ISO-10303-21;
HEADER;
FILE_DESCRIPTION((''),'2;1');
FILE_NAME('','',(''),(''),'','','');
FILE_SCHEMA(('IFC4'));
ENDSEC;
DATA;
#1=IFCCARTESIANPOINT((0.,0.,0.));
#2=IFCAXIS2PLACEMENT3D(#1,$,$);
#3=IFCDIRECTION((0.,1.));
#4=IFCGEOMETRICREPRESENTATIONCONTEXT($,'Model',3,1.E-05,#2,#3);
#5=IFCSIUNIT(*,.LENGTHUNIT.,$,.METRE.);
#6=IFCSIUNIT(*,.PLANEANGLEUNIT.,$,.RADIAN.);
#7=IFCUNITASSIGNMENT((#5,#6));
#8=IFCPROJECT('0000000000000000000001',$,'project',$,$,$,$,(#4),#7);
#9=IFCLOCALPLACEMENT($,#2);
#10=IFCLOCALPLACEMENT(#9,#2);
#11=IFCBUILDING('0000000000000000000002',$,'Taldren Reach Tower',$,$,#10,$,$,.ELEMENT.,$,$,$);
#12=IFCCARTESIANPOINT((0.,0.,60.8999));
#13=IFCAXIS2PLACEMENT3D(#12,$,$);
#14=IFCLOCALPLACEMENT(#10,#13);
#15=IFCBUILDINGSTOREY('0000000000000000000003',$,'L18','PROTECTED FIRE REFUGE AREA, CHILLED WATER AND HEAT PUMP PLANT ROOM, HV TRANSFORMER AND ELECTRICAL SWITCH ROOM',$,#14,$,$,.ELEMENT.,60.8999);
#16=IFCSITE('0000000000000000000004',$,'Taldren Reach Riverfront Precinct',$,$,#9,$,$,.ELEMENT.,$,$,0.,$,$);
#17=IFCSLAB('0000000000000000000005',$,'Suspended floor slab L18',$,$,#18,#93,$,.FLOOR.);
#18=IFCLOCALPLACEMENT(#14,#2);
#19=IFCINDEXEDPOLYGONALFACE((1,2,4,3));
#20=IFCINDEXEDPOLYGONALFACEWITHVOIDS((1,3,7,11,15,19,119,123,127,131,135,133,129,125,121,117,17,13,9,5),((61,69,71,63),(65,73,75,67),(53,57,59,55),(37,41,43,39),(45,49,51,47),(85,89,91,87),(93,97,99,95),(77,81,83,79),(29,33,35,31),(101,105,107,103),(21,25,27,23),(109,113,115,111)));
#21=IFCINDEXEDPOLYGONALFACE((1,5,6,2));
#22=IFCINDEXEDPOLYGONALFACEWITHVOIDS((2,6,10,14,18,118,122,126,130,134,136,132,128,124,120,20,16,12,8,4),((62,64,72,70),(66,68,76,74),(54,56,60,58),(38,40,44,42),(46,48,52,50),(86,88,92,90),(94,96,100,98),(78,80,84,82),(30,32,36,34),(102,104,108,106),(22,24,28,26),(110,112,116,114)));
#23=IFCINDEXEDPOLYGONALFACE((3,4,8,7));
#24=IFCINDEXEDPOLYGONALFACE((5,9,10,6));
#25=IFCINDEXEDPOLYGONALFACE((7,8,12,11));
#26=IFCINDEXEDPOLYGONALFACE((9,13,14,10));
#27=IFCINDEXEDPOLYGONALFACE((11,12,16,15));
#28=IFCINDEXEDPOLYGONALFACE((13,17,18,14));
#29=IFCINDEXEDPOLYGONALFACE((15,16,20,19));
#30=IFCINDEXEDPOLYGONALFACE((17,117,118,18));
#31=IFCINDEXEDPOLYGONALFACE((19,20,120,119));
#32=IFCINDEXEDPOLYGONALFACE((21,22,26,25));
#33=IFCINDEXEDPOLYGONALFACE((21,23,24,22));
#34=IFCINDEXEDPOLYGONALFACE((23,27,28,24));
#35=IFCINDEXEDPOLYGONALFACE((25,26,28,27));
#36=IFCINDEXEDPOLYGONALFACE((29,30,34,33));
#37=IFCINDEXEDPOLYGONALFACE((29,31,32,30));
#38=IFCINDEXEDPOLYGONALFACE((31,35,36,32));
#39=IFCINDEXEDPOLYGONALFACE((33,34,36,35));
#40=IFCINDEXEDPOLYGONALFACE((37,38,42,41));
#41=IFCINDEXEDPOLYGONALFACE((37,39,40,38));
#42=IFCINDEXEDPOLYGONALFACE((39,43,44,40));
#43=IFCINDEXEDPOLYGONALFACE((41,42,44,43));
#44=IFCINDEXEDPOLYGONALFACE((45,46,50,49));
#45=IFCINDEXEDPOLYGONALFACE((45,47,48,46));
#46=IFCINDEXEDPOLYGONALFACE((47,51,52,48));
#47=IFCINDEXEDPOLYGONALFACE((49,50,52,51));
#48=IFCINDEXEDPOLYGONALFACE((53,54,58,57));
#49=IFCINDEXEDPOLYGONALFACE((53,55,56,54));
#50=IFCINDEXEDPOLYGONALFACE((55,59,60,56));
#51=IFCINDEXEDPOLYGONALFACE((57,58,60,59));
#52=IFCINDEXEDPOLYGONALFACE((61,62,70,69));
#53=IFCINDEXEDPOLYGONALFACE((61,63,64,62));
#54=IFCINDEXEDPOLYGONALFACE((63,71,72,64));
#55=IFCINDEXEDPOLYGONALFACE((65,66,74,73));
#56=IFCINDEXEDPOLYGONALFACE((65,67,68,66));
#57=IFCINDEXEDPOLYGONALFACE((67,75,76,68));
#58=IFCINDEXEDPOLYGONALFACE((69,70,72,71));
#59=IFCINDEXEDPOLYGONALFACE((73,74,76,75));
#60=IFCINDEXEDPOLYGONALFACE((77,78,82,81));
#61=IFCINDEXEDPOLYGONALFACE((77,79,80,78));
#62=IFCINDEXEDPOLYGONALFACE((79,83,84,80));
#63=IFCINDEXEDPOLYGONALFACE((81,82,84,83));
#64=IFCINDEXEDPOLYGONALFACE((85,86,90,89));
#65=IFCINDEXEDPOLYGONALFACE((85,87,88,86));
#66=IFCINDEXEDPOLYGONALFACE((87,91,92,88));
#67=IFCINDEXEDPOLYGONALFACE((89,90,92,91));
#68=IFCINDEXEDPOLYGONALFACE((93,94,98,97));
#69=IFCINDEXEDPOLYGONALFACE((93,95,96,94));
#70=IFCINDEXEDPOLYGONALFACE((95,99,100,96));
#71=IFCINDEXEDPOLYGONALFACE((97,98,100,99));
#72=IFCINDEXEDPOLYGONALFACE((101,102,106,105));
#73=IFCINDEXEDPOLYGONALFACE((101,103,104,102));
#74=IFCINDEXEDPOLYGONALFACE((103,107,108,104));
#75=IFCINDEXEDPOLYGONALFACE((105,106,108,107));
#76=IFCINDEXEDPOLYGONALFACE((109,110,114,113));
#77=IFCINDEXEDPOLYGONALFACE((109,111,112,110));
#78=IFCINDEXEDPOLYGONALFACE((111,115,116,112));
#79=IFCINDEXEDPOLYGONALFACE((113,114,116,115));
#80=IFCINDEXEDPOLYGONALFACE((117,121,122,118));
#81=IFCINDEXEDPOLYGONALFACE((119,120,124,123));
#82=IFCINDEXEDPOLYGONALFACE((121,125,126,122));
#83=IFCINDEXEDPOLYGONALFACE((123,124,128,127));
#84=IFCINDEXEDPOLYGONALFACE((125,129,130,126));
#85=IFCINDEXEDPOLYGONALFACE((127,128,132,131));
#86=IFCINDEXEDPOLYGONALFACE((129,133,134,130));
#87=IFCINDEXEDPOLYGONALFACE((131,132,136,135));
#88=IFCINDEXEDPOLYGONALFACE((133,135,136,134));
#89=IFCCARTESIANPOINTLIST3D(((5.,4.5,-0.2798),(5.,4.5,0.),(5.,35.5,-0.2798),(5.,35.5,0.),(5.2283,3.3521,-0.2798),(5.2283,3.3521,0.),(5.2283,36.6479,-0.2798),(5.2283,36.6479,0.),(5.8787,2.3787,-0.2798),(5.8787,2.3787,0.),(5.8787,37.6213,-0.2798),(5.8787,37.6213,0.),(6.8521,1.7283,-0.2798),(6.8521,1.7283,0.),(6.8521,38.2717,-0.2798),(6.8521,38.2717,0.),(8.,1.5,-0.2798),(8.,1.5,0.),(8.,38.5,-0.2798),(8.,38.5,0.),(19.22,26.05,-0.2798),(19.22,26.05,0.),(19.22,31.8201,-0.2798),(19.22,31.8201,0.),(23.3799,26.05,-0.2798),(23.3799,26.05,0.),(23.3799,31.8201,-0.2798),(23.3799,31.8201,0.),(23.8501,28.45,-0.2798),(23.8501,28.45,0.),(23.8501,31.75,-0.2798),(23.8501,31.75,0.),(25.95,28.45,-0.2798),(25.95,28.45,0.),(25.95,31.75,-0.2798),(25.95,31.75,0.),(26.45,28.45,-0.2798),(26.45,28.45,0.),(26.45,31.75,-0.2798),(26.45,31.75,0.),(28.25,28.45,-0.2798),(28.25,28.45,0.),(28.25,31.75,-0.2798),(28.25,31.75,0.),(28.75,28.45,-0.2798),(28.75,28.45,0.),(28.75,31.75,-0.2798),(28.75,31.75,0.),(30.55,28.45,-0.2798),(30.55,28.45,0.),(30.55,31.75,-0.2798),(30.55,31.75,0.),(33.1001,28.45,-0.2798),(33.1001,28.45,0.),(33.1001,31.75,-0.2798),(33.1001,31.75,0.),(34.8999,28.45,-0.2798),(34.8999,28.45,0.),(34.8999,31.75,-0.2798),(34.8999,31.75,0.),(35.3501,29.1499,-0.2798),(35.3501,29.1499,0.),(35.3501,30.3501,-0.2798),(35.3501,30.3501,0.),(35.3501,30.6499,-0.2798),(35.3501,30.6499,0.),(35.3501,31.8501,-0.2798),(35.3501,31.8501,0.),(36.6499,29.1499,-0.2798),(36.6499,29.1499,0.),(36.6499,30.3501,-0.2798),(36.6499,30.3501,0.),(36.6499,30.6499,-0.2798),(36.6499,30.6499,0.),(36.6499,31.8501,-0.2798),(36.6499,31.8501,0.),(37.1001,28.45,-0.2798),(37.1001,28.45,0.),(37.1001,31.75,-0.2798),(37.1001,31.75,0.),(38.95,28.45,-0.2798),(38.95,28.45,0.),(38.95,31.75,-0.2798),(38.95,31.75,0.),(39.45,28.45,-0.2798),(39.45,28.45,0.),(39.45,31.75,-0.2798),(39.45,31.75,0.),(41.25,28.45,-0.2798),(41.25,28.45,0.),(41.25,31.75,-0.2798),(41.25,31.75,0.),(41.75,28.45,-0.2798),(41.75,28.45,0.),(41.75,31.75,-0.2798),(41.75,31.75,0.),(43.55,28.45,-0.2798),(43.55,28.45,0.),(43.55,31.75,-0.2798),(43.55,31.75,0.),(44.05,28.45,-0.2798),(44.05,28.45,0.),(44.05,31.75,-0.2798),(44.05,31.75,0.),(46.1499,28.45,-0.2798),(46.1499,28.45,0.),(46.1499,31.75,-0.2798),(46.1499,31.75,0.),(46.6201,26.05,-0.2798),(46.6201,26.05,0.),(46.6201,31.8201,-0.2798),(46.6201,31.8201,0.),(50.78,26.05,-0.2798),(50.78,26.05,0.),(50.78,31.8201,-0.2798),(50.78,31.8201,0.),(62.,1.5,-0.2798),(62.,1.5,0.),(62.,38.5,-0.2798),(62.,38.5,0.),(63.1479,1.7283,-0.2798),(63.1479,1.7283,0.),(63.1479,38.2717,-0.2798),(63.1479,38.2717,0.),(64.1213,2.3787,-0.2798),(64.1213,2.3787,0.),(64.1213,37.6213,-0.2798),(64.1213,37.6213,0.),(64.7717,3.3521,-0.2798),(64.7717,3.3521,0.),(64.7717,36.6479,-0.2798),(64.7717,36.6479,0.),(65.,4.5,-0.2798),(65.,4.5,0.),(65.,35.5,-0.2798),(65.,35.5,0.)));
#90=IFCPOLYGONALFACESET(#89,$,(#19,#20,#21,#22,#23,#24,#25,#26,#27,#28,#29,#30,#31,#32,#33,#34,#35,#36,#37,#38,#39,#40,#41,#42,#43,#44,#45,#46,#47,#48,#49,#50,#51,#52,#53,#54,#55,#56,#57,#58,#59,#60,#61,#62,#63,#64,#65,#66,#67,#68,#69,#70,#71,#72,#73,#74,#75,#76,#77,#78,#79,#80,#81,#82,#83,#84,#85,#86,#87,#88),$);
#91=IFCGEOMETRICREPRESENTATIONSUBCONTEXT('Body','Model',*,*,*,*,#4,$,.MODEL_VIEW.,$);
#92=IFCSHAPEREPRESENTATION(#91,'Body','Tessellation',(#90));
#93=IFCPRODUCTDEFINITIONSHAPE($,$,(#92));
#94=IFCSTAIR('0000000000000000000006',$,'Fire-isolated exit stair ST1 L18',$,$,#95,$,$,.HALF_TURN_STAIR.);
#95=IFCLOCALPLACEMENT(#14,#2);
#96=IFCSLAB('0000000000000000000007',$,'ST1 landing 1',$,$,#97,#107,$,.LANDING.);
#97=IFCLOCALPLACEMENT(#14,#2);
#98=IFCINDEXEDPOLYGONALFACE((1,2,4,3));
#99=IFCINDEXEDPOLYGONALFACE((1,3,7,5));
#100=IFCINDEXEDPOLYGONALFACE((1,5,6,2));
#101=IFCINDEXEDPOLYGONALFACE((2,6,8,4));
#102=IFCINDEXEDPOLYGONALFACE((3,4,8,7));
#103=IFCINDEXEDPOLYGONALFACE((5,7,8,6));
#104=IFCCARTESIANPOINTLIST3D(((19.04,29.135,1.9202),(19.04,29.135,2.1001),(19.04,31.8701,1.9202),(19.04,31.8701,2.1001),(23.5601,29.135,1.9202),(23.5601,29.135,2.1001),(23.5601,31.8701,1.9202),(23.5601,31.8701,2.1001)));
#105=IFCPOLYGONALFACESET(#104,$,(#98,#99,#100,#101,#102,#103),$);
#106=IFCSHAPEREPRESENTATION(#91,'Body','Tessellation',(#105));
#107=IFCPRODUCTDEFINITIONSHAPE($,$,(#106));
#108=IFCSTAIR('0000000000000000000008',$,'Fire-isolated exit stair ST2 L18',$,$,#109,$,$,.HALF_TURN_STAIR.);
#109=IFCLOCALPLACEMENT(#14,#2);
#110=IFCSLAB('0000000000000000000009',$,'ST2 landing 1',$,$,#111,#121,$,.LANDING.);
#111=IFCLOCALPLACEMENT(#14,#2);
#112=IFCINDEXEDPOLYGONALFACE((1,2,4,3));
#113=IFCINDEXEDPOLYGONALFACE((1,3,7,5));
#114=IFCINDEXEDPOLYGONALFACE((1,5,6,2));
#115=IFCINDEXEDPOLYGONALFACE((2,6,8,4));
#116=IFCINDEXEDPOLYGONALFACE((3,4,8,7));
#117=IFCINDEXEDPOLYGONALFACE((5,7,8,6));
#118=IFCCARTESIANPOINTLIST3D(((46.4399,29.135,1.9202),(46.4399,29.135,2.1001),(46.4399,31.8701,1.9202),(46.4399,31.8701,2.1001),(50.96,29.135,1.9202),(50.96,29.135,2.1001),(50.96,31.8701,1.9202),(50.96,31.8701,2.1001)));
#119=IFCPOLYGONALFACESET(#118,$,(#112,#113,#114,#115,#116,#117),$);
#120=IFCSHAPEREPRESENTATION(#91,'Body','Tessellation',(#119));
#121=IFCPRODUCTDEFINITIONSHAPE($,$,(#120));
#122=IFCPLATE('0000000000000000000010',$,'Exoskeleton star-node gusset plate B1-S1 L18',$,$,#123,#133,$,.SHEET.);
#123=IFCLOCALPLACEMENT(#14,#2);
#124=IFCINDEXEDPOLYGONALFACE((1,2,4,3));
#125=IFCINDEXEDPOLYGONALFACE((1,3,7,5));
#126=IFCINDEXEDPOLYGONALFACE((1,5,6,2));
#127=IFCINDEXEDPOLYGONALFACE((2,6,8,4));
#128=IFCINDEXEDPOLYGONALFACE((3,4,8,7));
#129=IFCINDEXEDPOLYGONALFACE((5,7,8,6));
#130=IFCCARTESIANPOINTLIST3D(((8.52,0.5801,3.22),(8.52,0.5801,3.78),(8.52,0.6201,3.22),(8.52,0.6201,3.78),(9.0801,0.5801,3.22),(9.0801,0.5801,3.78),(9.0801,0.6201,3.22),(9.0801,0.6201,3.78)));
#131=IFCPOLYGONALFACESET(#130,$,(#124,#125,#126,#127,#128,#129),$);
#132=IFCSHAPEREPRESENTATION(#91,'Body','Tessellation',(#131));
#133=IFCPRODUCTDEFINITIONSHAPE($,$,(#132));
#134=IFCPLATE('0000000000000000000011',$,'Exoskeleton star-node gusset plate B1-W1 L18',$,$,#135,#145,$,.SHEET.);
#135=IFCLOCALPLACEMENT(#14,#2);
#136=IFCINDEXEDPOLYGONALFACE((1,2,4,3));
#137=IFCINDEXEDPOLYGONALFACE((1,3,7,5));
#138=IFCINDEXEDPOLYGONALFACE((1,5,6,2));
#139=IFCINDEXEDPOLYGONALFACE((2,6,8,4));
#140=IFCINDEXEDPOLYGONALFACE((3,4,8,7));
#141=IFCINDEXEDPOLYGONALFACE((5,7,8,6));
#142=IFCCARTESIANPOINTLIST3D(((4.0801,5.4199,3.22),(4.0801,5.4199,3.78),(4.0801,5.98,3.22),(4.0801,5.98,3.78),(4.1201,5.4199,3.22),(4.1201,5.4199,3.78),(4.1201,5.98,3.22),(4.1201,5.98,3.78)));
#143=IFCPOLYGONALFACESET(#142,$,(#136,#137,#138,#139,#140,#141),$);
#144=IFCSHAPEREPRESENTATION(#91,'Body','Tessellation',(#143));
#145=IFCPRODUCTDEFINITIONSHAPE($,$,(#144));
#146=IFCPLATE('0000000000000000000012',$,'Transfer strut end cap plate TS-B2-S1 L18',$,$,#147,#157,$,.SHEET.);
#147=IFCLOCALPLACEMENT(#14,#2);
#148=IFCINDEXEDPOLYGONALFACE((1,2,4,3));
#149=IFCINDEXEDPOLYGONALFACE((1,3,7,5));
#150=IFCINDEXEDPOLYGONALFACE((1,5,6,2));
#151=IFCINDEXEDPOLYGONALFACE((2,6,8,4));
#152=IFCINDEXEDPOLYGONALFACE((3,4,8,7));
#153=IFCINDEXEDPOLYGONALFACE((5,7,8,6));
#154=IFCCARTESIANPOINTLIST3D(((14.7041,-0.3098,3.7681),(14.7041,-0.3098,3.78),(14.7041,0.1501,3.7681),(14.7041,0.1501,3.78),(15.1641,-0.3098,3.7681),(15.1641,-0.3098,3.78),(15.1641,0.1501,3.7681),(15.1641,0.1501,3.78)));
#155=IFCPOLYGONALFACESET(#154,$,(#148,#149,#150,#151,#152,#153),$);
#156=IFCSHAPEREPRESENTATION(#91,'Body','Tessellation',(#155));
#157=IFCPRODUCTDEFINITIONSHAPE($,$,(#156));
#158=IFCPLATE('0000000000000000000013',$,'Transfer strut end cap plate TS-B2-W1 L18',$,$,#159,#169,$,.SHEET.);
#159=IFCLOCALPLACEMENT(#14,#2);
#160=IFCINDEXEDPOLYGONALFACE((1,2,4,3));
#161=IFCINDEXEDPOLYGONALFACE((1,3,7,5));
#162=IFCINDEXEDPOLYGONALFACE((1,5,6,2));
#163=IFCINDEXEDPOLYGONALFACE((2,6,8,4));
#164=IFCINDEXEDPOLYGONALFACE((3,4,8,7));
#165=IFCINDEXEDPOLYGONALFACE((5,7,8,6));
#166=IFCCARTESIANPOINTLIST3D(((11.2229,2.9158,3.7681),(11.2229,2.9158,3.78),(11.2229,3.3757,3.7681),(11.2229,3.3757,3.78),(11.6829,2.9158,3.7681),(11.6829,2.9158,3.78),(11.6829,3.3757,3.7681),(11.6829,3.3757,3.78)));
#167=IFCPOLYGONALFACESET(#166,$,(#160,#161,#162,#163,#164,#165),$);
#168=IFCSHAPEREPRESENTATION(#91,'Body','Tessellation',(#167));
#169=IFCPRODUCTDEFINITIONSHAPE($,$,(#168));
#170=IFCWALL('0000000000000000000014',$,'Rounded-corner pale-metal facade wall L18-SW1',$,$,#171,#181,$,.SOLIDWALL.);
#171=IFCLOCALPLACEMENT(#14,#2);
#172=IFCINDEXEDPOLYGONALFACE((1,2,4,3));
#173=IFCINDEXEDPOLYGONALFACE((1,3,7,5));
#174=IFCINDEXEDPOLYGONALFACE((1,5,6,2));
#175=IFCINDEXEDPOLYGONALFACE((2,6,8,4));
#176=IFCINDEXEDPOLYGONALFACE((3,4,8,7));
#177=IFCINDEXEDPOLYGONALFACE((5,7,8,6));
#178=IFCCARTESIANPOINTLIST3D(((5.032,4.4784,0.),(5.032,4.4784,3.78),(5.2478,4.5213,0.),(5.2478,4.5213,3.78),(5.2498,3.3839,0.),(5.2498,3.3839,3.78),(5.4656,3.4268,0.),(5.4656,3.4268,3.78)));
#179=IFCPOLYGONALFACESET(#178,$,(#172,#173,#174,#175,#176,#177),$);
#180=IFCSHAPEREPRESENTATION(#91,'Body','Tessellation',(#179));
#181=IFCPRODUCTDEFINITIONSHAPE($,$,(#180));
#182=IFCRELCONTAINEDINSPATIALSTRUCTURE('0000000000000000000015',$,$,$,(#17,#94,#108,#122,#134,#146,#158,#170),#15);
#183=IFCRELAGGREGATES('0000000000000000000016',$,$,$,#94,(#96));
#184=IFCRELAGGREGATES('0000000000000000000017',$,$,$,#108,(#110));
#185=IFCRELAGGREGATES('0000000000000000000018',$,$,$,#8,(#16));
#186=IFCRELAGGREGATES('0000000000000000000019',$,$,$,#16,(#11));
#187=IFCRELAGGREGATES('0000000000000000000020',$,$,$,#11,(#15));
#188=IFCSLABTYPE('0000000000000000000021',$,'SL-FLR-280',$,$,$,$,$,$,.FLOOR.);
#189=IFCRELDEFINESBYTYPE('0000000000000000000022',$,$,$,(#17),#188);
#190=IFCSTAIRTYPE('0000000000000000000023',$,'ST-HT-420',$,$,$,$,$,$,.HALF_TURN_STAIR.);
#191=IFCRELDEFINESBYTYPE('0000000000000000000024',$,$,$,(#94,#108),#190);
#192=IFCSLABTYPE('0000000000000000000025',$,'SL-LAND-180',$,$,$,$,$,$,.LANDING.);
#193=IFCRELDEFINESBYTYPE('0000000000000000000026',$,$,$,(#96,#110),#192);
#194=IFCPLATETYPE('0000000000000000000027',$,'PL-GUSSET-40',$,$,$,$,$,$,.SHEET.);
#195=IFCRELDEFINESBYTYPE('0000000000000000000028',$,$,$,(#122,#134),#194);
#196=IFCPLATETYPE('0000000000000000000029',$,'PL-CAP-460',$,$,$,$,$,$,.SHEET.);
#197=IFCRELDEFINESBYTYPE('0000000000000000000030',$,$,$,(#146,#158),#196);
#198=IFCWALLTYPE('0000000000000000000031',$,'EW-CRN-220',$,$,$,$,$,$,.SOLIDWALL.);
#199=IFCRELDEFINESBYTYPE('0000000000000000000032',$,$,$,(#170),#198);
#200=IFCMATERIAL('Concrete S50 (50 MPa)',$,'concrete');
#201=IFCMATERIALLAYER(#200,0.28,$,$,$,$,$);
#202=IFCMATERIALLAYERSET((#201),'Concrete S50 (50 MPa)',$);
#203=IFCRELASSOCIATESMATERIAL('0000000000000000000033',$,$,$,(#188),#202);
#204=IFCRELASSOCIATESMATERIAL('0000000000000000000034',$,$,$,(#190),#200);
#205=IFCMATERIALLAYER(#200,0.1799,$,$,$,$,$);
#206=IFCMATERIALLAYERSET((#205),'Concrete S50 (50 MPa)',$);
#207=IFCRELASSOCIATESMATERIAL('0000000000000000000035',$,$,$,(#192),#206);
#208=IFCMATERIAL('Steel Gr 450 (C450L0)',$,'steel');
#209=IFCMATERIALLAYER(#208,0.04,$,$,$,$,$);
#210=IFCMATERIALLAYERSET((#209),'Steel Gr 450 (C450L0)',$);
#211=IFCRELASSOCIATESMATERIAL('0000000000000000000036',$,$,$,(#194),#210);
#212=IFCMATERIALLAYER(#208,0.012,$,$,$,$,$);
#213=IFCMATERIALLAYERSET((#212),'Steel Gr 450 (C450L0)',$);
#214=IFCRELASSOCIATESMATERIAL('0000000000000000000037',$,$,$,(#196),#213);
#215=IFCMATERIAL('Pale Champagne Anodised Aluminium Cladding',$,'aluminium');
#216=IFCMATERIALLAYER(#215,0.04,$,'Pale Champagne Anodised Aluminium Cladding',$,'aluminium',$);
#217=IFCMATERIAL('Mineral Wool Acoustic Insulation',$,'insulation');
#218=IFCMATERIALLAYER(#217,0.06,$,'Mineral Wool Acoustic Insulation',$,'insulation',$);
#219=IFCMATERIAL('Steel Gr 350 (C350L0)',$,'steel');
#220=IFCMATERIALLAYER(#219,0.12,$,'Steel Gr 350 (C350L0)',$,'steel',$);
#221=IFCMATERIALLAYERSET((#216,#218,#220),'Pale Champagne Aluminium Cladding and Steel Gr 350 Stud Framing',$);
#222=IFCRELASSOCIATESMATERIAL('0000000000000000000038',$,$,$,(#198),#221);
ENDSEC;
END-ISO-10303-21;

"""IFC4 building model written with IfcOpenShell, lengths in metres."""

from ifc_helpers import new_model, si_unit, direction, frame, frame_2d, origin, origin_2d, place, context, subcontext, project, spatial, polyline, rectangle, outline, extrude, source, transform, mapped, material, layer, layer_set, type_object, element, aggregate, save


model = new_model("IFC4")

# Units and contexts
model_context = context("Model", 3, precision=1e-05, world=origin(), true_north=direction((0.0, 1.0)))
body_context = subcontext(model_context, "Body", "Model", "MODEL_VIEW")
ifc_project = project(units=[si_unit("LENGTHUNIT", "METRE"), si_unit("PLANEANGLEUNIT", "RADIAN")], contexts=[model_context])

# Site, building, storey
site_placement = place(None, origin())
site = spatial("IfcSite", under=ifc_project, at=site_placement, Name="Taldren Reach Riverfront Precinct", CompositionType="ELEMENT", RefElevation=0.0)
building_placement = place(site_placement, origin())
building = spatial("IfcBuilding", under=site, at=building_placement, Name="Taldren Reach Tower", CompositionType="ELEMENT")
storey_placement = place(building_placement, frame((0.0, 0.0, 60.8999)))
storey = spatial("IfcBuildingStorey", under=building, at=storey_placement, Name="L18", Description="PROTECTED FIRE REFUGE AREA, CHILLED WATER AND HEAT PUMP PLANT ROOM, HV TRANSFORMER AND ELECTRICAL SWITCH ROOM", CompositionType="ELEMENT", Elevation=60.8999)

# Shared definitions
ifc_material_1 = material(Name="Steel Gr 450 (C450L0)", Category="steel")
ifc_material_2 = material(Name="Steel Gr 350 (C350L0)", Category="steel")

# Slab
ifc_material_3 = material(Name="Concrete S50 (50 MPa)", Category="concrete")
ifc_layer_1 = layer(ifc_material_3, 0.28)
ifc_layer_set_1 = layer_set([ifc_layer_1], Name="Concrete S50 (50 MPa)")
slab_type_1 = type_object("IfcSlabType", Name="SL-FLR-280", PredefinedType="FLOOR", material=ifc_layer_set_1)
slab_1_placement = place(storey_placement, frame((0.0, 0.0, -0.2798)))
element("IfcSlab", 1, at=slab_1_placement, inside=storey, type_object=slab_type_1, Name="Suspended floor slab L18", PredefinedType="FLOOR", context=body_context, shape_type="SweptSolid", body=[
    extrude(outline(polyline([(62.0, 1.5), (63.1479, 1.7283), (64.1213, 2.3787), (64.7717, 3.3521), (65.0, 4.5), (65.0, 35.5), (64.7717, 36.6479), (64.1213, 37.6213), (63.1479, 38.2717), (62.0, 38.5), (8.0, 38.5), (6.8521, 38.2717), (5.8787, 37.6213), (5.2283, 36.6479), (5.0, 35.5), (5.0, 4.5), (5.2283, 3.3521), (5.8787, 2.3787), (6.8521, 1.7283), (8.0, 1.5), (62.0, 1.5)]), holes=[polyline([(19.22, 26.05), (23.3799, 26.05), (23.3799, 31.8201), (19.22, 31.8201), (19.22, 26.05)]), polyline([(46.6201, 26.05), (50.78, 26.05), (50.78, 31.8201), (46.6201, 31.8201), (46.6201, 26.05)]), polyline([(23.8501, 28.45), (25.95, 28.45), (25.95, 31.75), (23.8501, 31.75), (23.8501, 28.45)]), polyline([(44.05, 28.45), (46.1499, 28.45), (46.1499, 31.75), (44.05, 31.75), (44.05, 28.45)]), polyline([(26.45, 28.45), (28.25, 28.45), (28.25, 31.75), (26.45, 31.75), (26.45, 28.45)]), polyline([(28.75, 28.45), (30.55, 28.45), (30.55, 31.75), (28.75, 31.75), (28.75, 28.45)]), polyline([(33.1001, 28.45), (34.8999, 28.45), (34.8999, 31.75), (33.1001, 31.75), (33.1001, 28.45)]), polyline([(37.1001, 28.45), (38.95, 28.45), (38.95, 31.75), (37.1001, 31.75), (37.1001, 28.45)]), polyline([(39.45, 28.45), (41.25, 28.45), (41.25, 31.75), (39.45, 31.75), (39.45, 28.45)]), polyline([(41.75, 28.45), (43.55, 28.45), (43.55, 31.75), (41.75, 31.75), (41.75, 28.45)]), polyline([(35.3501, 30.6499), (36.6499, 30.6499), (36.6499, 31.8501), (35.3501, 31.8501), (35.3501, 30.6499)]), polyline([(35.3501, 29.1499), (36.6499, 29.1499), (36.6499, 30.3501), (35.3501, 30.3501), (35.3501, 29.1499)])]), origin(), (0.0, 0.0, 1.0), 0.2798),
])

# Stairs, slabs
stair_type = type_object("IfcStairType", Name="ST-HT-420", PredefinedType="HALF_TURN_STAIR", material=ifc_material_3)
stair_1_placement = place(storey_placement, origin())
stair_1 = element("IfcStair", 2, at=stair_1_placement, inside=storey, type_object=stair_type, Name="Fire-isolated exit stair ST1 L18", PredefinedType="HALF_TURN_STAIR")
ifc_layer_2 = layer(ifc_material_3, 0.1799)
ifc_layer_set_2 = layer_set([ifc_layer_2], Name="Concrete S50 (50 MPa)")
slab_type_2 = type_object("IfcSlabType", Name="SL-LAND-180", PredefinedType="LANDING", material=ifc_layer_set_2)
slab_2_placement = place(storey_placement, frame((0.0, 0.0, 1.9202)))
slab_2 = element("IfcSlab", 3, at=slab_2_placement, type_object=slab_type_2, Name="ST1 landing 1", PredefinedType="LANDING", context=body_context, shape_type="SweptSolid", body=[
    extrude(outline(polyline([(19.04, 29.135), (23.5601, 29.135), (23.5601, 31.8701), (19.04, 31.8701), (19.04, 29.135)])), origin(), (0.0, 0.0, 1.0), 0.1799),
])
aggregate(stair_1, [slab_2])
stair_2_placement = place(storey_placement, origin())
stair_2 = element("IfcStair", 4, at=stair_2_placement, inside=storey, type_object=stair_type, Name="Fire-isolated exit stair ST2 L18", PredefinedType="HALF_TURN_STAIR")
slab_3_placement = place(storey_placement, frame((0.0, 0.0, 1.9202)))
slab_3 = element("IfcSlab", 5, at=slab_3_placement, type_object=slab_type_2, Name="ST2 landing 1", PredefinedType="LANDING", context=body_context, shape_type="SweptSolid", body=[
    extrude(outline(polyline([(46.4399, 29.135), (50.96, 29.135), (50.96, 31.8701), (46.4399, 31.8701), (46.4399, 29.135)])), origin(), (0.0, 0.0, 1.0), 0.1799),
])
aggregate(stair_2, [slab_3])

# Plates
ifc_layer_3 = layer(ifc_material_1, 0.04)
ifc_layer_set_3 = layer_set([ifc_layer_3], Name="Steel Gr 450 (C450L0)")
plate_type_1 = type_object("IfcPlateType", Name="PL-GUSSET-40", PredefinedType="SHEET", material=ifc_layer_set_3)
shared_shape_1 = source(origin(), body_context, "Body", "SweptSolid", [
    extrude(rectangle(XDim=0.5601, YDim=0.04, at=origin_2d()), origin(), (0.0, 0.0, 1.0), 0.5601),
])
for number, where, z_axis, x_axis, name in (
    (6, (8.8, 0.6001, 3.22), (0.0, 0.0, 1.0), (1.0, 0.0, 0.0), "Exoskeleton star-node gusset plate B1-S1 L18"),
    (7, (4.1001, 5.7, 3.22), (0.0, 0.0, 1.0), (0.0, 1.0, 0.0), "Exoskeleton star-node gusset plate B1-W1 L18"),
):
    element("IfcPlate", number, at=place(storey_placement, frame(where, z_axis=z_axis, x_axis=x_axis)), inside=storey, type_object=plate_type_1, Name=name, PredefinedType="SHEET", context=body_context, shape_type="MappedRepresentation", body=[
        mapped(shared_shape_1, transform((0.0, 0.0, 0.0), scale=1.0)),
    ])
ifc_layer_4 = layer(ifc_material_1, 0.012)
ifc_layer_set_4 = layer_set([ifc_layer_4], Name="Steel Gr 450 (C450L0)")
plate_type_2 = type_object("IfcPlateType", Name="PL-CAP-460", PredefinedType="SHEET", material=ifc_layer_set_4)
shared_shape_2 = source(origin(), body_context, "Body", "SweptSolid", [
    extrude(rectangle(XDim=0.46, YDim=0.46, at=origin_2d()), origin(), (0.0, 0.0, 1.0), 0.012),
])
for number, where, z_axis, x_axis, name in (
    (8, (14.9341, -0.0798, 3.7681), (0.0, 0.0, 1.0), (1.0, 0.0, 0.0), "Transfer strut end cap plate TS-B2-S1 L18"),
    (9, (11.4529, 3.1458, 3.7681), (0.0, 0.0, 1.0), (1.0, 0.0, 0.0), "Transfer strut end cap plate TS-B2-W1 L18"),
):
    element("IfcPlate", number, at=place(storey_placement, frame(where, z_axis=z_axis, x_axis=x_axis)), inside=storey, type_object=plate_type_2, Name=name, PredefinedType="SHEET", context=body_context, shape_type="MappedRepresentation", body=[
        mapped(shared_shape_2, transform((0.0, 0.0, 0.0), scale=1.0)),
    ])

# Wall
ifc_material_4 = material(Name="Pale Champagne Anodised Aluminium Cladding", Category="aluminium")
ifc_layer_5 = layer(ifc_material_4, 0.04, Name="Pale Champagne Anodised Aluminium Cladding", Category="aluminium")
ifc_material_5 = material(Name="Mineral Wool Acoustic Insulation", Category="insulation")
ifc_layer_6 = layer(ifc_material_5, 0.06, Name="Mineral Wool Acoustic Insulation", Category="insulation")
ifc_layer_7 = layer(ifc_material_2, 0.12, Name="Steel Gr 350 (C350L0)", Category="steel")
ifc_layer_set_5 = layer_set([ifc_layer_5, ifc_layer_6, ifc_layer_7], Name="Pale Champagne Aluminium Cladding and Steel Gr 350 Stud Framing")
wall_type_1 = type_object("IfcWallType", Name="EW-CRN-220", PredefinedType="SOLIDWALL", material=ifc_layer_set_5)
shared_shape_3 = source(origin(), body_context, "Body", "SweptSolid", [
    extrude(rectangle(XDim=1.116, YDim=0.22, at=frame_2d((0.5581, 0.0))), origin(), (0.0, 0.0, 1.0), 3.78),
])
for number, where, z_axis, x_axis, name in (
    (10, (5.1399, 4.5, 0.0), (0.0, 0.0, 1.0), (0.195148, -0.980774, 0.0), "Rounded-corner pale-metal facade wall L18-SW1"),
):
    element("IfcWall", number, at=place(storey_placement, frame(where, z_axis=z_axis, x_axis=x_axis)), inside=storey, type_object=wall_type_1, Name=name, PredefinedType="SOLIDWALL", context=body_context, shape_type="MappedRepresentation", body=[
        mapped(shared_shape_3, transform((0.0, 0.0, 0.0), scale=1.0)),
    ])

save(model, "model.ifc")
